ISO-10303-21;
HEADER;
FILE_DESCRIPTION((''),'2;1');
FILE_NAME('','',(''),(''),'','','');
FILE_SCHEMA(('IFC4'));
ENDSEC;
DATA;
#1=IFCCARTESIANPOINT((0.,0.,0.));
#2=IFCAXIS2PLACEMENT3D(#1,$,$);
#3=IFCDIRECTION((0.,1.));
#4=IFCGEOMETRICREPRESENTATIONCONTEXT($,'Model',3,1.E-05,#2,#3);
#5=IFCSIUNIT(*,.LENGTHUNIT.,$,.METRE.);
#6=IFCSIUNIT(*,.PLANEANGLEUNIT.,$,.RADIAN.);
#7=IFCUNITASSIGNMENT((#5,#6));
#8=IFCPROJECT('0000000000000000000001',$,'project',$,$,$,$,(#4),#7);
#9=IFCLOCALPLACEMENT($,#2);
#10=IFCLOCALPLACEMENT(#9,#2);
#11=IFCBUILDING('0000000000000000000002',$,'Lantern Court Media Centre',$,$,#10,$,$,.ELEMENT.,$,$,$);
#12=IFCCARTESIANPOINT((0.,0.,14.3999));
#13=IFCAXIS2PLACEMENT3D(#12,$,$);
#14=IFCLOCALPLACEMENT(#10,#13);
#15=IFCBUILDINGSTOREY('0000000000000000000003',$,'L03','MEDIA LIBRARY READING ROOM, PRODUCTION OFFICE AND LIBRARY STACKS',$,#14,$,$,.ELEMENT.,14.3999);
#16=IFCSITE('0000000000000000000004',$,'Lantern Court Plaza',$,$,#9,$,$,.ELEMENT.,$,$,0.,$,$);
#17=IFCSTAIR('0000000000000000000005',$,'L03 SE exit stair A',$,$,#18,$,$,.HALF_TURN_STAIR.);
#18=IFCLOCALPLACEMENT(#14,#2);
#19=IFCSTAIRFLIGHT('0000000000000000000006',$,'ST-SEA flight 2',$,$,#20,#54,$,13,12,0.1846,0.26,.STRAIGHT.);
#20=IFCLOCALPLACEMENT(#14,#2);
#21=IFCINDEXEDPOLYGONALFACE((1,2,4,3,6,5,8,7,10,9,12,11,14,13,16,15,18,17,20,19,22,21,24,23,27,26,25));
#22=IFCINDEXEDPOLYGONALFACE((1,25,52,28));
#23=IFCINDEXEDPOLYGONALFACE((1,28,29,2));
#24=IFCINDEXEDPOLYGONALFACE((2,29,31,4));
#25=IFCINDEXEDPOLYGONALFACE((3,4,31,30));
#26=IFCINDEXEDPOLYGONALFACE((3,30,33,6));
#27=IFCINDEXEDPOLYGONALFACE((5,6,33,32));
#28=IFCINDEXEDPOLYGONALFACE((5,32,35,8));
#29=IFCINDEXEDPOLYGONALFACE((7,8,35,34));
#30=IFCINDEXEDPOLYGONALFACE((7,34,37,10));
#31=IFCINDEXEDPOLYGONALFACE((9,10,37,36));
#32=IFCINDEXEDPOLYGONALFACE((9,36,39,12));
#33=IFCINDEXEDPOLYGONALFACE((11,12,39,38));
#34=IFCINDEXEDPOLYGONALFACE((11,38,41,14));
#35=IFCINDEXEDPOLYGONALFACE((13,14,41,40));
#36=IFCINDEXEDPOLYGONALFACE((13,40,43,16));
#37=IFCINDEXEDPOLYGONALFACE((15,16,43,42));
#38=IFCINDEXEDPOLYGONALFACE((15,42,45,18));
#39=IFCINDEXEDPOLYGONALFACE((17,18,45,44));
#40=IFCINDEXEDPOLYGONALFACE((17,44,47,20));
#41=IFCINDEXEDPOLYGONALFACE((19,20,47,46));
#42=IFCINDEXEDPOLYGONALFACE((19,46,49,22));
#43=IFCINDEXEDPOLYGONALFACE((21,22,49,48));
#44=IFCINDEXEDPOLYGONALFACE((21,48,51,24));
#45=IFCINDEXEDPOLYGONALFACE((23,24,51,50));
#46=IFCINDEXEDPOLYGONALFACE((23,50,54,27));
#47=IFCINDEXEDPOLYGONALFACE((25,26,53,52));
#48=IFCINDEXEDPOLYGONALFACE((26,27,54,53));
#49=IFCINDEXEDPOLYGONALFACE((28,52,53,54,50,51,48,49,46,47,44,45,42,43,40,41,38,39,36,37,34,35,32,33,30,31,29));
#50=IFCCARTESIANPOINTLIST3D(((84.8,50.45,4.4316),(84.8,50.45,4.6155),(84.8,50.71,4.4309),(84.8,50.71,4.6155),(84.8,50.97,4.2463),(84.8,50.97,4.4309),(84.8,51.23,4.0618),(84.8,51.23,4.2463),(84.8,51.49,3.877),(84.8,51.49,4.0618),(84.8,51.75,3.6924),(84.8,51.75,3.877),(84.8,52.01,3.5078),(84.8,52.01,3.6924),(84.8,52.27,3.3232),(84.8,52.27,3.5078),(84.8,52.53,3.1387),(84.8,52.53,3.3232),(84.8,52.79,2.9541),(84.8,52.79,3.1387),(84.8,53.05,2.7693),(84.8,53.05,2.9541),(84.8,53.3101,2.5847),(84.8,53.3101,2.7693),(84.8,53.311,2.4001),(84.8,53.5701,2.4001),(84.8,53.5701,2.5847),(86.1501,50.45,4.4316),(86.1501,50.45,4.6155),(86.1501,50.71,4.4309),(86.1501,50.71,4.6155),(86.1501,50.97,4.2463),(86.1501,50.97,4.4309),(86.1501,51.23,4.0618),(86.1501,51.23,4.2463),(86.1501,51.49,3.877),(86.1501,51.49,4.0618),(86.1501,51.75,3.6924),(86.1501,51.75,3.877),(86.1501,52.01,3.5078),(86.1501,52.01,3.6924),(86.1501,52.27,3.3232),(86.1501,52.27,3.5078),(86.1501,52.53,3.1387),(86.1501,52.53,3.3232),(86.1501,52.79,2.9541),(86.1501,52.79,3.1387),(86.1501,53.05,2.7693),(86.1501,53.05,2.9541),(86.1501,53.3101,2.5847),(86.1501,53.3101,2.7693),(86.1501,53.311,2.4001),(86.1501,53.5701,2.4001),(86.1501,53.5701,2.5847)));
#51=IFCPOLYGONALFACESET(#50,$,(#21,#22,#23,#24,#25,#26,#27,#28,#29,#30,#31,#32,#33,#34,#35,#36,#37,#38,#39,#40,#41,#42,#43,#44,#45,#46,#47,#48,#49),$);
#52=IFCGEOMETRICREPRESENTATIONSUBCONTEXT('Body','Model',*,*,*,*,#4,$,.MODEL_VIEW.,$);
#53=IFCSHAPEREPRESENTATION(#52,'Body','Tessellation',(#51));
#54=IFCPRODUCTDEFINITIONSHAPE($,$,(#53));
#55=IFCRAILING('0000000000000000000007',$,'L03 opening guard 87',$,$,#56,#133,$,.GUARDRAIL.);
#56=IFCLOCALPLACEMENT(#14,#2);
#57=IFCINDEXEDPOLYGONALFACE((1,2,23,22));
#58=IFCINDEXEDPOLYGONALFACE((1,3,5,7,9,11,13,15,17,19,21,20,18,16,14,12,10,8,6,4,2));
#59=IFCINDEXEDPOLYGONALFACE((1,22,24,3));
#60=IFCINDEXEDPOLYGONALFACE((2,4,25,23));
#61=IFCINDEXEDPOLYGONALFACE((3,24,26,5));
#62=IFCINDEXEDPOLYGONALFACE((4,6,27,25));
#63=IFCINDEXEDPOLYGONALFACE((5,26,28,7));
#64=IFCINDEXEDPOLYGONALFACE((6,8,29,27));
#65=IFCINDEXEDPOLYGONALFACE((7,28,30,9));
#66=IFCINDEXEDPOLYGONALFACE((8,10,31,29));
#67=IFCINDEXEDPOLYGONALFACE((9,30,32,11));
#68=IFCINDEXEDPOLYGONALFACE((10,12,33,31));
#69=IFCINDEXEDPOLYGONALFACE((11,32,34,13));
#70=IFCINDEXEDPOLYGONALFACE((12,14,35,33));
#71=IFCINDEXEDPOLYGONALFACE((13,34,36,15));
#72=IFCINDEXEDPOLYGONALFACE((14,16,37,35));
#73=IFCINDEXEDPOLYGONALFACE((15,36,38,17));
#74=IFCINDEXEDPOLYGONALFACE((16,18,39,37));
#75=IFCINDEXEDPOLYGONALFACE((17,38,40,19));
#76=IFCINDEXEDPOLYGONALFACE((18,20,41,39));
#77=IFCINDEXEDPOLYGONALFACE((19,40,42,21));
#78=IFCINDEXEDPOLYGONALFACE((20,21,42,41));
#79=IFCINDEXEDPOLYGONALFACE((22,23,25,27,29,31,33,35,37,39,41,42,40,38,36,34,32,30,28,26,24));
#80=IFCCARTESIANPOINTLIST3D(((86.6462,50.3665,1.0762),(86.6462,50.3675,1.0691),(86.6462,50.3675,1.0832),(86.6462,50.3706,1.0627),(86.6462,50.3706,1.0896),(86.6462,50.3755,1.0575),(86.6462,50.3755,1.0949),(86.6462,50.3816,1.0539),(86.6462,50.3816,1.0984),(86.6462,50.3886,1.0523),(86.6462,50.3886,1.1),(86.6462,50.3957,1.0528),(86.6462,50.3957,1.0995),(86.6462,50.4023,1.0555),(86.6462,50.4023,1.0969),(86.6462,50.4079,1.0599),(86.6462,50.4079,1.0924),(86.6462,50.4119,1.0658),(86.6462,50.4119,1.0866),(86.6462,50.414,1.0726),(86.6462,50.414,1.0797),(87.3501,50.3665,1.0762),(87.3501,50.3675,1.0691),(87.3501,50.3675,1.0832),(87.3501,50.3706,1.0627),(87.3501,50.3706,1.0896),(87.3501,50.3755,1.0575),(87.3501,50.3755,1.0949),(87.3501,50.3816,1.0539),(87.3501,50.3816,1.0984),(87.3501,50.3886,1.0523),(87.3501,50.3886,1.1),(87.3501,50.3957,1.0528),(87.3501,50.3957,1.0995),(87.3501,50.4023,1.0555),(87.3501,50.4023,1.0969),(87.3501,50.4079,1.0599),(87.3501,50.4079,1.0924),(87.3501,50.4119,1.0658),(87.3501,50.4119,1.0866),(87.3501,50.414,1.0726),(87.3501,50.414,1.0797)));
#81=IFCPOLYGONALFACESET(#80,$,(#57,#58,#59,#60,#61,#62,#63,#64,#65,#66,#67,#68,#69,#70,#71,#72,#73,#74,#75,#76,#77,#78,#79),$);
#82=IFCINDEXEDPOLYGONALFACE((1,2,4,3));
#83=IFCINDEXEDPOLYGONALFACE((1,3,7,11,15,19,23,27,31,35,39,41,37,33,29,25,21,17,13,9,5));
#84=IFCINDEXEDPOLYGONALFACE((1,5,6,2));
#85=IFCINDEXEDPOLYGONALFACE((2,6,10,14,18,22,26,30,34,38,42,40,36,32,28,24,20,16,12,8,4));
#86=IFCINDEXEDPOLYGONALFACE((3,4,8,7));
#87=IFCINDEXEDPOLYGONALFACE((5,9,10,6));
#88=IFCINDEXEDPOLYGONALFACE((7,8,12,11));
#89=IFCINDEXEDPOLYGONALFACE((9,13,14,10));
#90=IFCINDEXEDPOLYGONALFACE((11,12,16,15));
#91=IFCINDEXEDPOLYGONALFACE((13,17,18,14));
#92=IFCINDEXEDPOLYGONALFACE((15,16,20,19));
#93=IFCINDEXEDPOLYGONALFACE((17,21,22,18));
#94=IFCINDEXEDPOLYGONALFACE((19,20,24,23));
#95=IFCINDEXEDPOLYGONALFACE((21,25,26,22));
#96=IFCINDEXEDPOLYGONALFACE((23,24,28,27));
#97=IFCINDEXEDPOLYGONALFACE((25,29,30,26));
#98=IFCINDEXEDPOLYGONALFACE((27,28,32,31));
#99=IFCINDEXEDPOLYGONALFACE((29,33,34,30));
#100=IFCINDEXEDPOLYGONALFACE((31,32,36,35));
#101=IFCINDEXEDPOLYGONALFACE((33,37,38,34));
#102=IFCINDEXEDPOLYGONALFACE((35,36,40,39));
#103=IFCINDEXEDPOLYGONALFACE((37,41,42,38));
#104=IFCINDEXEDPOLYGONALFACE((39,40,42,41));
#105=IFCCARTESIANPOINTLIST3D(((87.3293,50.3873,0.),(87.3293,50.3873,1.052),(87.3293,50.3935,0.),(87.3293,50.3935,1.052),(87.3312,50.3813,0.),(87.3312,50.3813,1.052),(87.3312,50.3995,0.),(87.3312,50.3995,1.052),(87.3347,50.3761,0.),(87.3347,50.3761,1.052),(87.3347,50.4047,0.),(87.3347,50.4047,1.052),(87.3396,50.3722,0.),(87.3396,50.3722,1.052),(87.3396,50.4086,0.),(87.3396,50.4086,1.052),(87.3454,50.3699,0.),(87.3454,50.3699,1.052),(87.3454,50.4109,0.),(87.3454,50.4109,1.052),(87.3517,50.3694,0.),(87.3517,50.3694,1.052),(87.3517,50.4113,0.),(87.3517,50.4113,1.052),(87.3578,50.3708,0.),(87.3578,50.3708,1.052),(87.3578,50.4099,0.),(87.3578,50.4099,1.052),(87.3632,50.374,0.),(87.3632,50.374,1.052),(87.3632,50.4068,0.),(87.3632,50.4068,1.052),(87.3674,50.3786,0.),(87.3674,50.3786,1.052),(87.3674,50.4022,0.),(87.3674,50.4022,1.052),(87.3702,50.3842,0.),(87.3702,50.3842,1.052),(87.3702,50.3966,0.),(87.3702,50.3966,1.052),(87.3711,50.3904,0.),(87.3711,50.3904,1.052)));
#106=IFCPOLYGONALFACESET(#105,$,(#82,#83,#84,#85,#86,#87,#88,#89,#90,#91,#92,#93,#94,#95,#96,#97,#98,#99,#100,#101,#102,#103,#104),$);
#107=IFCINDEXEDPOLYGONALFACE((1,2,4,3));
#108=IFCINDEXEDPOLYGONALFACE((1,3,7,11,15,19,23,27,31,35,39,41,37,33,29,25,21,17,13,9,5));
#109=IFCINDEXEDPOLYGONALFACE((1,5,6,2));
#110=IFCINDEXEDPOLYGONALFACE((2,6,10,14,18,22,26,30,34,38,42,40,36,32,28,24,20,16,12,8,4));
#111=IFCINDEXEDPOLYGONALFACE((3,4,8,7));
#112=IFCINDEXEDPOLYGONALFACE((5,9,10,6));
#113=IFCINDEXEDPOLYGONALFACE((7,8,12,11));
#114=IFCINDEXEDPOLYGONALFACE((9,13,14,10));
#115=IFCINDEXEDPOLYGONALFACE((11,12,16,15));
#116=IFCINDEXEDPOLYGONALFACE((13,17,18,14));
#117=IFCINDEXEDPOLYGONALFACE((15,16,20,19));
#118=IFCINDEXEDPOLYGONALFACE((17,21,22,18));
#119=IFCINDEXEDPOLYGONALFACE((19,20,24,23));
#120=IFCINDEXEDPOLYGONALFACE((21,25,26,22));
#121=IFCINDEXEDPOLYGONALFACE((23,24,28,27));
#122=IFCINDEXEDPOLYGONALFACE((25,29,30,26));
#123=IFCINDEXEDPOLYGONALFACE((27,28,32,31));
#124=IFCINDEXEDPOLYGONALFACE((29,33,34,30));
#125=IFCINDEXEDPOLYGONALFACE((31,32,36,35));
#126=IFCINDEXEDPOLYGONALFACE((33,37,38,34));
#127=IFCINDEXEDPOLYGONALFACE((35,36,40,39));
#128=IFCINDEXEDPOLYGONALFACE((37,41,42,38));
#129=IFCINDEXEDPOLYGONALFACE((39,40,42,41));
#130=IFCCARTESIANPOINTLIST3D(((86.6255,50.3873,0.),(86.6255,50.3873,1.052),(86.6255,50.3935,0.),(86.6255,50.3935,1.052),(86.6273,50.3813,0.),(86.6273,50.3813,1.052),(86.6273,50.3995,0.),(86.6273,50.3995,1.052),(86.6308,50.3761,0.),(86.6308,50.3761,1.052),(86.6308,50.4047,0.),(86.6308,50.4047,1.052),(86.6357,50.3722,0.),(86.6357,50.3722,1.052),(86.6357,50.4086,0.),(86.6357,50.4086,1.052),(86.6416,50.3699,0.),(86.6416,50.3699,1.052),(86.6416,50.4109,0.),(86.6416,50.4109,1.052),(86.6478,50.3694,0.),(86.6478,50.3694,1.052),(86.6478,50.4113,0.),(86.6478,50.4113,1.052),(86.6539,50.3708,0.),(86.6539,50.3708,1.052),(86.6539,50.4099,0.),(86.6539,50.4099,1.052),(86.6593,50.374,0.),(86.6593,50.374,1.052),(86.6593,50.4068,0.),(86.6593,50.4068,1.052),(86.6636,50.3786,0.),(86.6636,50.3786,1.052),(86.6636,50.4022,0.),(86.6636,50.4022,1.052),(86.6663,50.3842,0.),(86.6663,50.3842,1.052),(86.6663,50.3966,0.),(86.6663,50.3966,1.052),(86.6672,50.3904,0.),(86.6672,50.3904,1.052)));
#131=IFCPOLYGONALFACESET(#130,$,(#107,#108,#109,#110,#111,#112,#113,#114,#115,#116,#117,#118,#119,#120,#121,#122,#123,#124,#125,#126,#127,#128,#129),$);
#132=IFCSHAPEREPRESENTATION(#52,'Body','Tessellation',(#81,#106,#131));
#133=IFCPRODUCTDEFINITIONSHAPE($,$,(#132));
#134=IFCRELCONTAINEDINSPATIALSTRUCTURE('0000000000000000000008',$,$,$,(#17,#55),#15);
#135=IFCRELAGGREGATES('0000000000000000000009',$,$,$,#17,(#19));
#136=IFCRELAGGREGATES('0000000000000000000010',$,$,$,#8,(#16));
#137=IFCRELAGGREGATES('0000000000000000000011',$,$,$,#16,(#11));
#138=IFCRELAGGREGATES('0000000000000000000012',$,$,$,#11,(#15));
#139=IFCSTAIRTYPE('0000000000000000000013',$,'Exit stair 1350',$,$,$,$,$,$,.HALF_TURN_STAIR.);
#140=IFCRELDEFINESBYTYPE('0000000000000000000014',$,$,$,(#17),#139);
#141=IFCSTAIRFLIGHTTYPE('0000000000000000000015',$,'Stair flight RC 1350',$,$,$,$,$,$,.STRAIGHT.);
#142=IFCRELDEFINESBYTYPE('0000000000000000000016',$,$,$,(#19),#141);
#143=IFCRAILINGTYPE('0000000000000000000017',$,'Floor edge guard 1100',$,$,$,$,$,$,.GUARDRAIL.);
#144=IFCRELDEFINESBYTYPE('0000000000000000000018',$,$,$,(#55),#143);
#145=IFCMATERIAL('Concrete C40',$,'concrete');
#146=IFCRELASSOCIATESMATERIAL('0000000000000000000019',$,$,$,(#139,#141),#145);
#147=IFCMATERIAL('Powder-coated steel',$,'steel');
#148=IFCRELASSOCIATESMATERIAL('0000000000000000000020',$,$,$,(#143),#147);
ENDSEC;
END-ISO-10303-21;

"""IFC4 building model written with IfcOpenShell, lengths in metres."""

from ifc_helpers import new_model, si_unit, direction, frame, origin, origin_2d, place, context, subcontext, project, spatial, polyline, circle, outline, extrude, material, type_object, element, aggregate, save


model = new_model("IFC4")

# Units and contexts
model_context = context("Model", 3, precision=1e-05, world=origin(), true_north=direction((0.0, 1.0)))
body_context = subcontext(model_context, "Body", "Model", "MODEL_VIEW")
ifc_project = project(units=[si_unit("LENGTHUNIT", "METRE"), si_unit("PLANEANGLEUNIT", "RADIAN")], contexts=[model_context])

# Site, building, storey
site_placement = place(None, origin())
site = spatial("IfcSite", under=ifc_project, at=site_placement, Name="Lantern Court Plaza", CompositionType="ELEMENT", RefElevation=0.0)
building_placement = place(site_placement, origin())
building = spatial("IfcBuilding", under=site, at=building_placement, Name="Lantern Court Media Centre", CompositionType="ELEMENT")
storey_placement = place(building_placement, frame((0.0, 0.0, 14.3999)))
storey = spatial("IfcBuildingStorey", under=building, at=storey_placement, Name="L03", Description="MEDIA LIBRARY READING ROOM, PRODUCTION OFFICE AND LIBRARY STACKS", CompositionType="ELEMENT", Elevation=14.3999)

# Shared definitions
ifc_material_1 = material(Name="Concrete C40", Category="concrete")

# Stair, stair flight
stair_type = type_object("IfcStairType", Name="Exit stair 1350", PredefinedType="HALF_TURN_STAIR", material=ifc_material_1)
stair_placement = place(storey_placement, origin())
stair = element("IfcStair", 1, at=stair_placement, inside=storey, type_object=stair_type, Name="L03 SE exit stair A", PredefinedType="HALF_TURN_STAIR")
stair_flight_type = type_object("IfcStairFlightType", Name="Stair flight RC 1350", PredefinedType="STRAIGHT", material=ifc_material_1)
stair_flight_1_placement = place(storey_placement, frame((85.4751, 53.5701, 2.4001), z_axis=(0.0, 0.0, 1.0), x_axis=(0.0, -1.0, 0.0)))
stair_flight_1 = element("IfcStairFlight", 2, at=stair_flight_1_placement, type_object=stair_flight_type, Name="ST-SEA flight 2", NumberOfRisers=13, NumberOfTreads=12, PredefinedType="STRAIGHT", RiserHeight=0.1846, TreadLength=0.26, context=body_context, shape_type="SweptSolid", body=[
    extrude(outline(polyline([(0.0, 0.0), (0.0, 0.1846), (0.26, 0.1846), (0.26, 0.3691), (0.52, 0.3691), (0.52, 0.554), (0.78, 0.554), (0.78, 0.7385), (1.04, 0.7385), (1.04, 0.9231), (1.3, 0.9231), (1.3, 1.1077), (1.5601, 1.1077), (1.5601, 1.2922), (1.8201, 1.2922), (1.8201, 1.4768), (2.0801, 1.4768), (2.0801, 1.6616), (2.3401, 1.6616), (2.3401, 1.8462), (2.6001, 1.8462), (2.6001, 2.0308), (2.8601, 2.0308), (2.8601, 2.2153), (3.1201, 2.2153), (3.1201, 2.3999), (3.1201, 2.0315), (0.259, 0.0), (0.0, 0.0)])), frame((0.0, 0.675, 0.0), z_axis=(0.0, -1.0, 0.0), x_axis=(1.0, 0.0, 0.0)), (0.0, 0.0, 1.0), 1.3501),
])
aggregate(stair, [stair_flight_1])

# Railing
ifc_material_2 = material(Name="Powder-coated steel", Category="steel")
railing_type_1 = type_object("IfcRailingType", Name="Floor edge guard 1100", PredefinedType="GUARDRAIL", material=ifc_material_2)
railing_1_placement = place(storey_placement, frame((87.3501, 50.3904, 0.0)))
element("IfcRailing", 3, at=railing_1_placement, inside=storey, type_object=railing_type_1, Name="L03 opening guard 87", PredefinedType="GUARDRAIL", context=body_context, shape_type="SweptSolid", body=[
    extrude(circle(Radius=0.0239, at=origin_2d()), frame((0.0, 0.0, 1.0762), z_axis=(-1.0, 0.0, 0.0), x_axis=(0.0, -1.0, 0.0)), (0.0, 0.0, 1.0), 0.7039),
    extrude(circle(Radius=0.021, at=origin_2d()), origin(), (0.0, 0.0, 1.0), 1.052),
    extrude(circle(Radius=0.021, at=origin_2d()), frame((-0.7039, 0.0, 0.0)), (0.0, 0.0, 1.0), 1.052),
])

save(model, "model.ifc")
